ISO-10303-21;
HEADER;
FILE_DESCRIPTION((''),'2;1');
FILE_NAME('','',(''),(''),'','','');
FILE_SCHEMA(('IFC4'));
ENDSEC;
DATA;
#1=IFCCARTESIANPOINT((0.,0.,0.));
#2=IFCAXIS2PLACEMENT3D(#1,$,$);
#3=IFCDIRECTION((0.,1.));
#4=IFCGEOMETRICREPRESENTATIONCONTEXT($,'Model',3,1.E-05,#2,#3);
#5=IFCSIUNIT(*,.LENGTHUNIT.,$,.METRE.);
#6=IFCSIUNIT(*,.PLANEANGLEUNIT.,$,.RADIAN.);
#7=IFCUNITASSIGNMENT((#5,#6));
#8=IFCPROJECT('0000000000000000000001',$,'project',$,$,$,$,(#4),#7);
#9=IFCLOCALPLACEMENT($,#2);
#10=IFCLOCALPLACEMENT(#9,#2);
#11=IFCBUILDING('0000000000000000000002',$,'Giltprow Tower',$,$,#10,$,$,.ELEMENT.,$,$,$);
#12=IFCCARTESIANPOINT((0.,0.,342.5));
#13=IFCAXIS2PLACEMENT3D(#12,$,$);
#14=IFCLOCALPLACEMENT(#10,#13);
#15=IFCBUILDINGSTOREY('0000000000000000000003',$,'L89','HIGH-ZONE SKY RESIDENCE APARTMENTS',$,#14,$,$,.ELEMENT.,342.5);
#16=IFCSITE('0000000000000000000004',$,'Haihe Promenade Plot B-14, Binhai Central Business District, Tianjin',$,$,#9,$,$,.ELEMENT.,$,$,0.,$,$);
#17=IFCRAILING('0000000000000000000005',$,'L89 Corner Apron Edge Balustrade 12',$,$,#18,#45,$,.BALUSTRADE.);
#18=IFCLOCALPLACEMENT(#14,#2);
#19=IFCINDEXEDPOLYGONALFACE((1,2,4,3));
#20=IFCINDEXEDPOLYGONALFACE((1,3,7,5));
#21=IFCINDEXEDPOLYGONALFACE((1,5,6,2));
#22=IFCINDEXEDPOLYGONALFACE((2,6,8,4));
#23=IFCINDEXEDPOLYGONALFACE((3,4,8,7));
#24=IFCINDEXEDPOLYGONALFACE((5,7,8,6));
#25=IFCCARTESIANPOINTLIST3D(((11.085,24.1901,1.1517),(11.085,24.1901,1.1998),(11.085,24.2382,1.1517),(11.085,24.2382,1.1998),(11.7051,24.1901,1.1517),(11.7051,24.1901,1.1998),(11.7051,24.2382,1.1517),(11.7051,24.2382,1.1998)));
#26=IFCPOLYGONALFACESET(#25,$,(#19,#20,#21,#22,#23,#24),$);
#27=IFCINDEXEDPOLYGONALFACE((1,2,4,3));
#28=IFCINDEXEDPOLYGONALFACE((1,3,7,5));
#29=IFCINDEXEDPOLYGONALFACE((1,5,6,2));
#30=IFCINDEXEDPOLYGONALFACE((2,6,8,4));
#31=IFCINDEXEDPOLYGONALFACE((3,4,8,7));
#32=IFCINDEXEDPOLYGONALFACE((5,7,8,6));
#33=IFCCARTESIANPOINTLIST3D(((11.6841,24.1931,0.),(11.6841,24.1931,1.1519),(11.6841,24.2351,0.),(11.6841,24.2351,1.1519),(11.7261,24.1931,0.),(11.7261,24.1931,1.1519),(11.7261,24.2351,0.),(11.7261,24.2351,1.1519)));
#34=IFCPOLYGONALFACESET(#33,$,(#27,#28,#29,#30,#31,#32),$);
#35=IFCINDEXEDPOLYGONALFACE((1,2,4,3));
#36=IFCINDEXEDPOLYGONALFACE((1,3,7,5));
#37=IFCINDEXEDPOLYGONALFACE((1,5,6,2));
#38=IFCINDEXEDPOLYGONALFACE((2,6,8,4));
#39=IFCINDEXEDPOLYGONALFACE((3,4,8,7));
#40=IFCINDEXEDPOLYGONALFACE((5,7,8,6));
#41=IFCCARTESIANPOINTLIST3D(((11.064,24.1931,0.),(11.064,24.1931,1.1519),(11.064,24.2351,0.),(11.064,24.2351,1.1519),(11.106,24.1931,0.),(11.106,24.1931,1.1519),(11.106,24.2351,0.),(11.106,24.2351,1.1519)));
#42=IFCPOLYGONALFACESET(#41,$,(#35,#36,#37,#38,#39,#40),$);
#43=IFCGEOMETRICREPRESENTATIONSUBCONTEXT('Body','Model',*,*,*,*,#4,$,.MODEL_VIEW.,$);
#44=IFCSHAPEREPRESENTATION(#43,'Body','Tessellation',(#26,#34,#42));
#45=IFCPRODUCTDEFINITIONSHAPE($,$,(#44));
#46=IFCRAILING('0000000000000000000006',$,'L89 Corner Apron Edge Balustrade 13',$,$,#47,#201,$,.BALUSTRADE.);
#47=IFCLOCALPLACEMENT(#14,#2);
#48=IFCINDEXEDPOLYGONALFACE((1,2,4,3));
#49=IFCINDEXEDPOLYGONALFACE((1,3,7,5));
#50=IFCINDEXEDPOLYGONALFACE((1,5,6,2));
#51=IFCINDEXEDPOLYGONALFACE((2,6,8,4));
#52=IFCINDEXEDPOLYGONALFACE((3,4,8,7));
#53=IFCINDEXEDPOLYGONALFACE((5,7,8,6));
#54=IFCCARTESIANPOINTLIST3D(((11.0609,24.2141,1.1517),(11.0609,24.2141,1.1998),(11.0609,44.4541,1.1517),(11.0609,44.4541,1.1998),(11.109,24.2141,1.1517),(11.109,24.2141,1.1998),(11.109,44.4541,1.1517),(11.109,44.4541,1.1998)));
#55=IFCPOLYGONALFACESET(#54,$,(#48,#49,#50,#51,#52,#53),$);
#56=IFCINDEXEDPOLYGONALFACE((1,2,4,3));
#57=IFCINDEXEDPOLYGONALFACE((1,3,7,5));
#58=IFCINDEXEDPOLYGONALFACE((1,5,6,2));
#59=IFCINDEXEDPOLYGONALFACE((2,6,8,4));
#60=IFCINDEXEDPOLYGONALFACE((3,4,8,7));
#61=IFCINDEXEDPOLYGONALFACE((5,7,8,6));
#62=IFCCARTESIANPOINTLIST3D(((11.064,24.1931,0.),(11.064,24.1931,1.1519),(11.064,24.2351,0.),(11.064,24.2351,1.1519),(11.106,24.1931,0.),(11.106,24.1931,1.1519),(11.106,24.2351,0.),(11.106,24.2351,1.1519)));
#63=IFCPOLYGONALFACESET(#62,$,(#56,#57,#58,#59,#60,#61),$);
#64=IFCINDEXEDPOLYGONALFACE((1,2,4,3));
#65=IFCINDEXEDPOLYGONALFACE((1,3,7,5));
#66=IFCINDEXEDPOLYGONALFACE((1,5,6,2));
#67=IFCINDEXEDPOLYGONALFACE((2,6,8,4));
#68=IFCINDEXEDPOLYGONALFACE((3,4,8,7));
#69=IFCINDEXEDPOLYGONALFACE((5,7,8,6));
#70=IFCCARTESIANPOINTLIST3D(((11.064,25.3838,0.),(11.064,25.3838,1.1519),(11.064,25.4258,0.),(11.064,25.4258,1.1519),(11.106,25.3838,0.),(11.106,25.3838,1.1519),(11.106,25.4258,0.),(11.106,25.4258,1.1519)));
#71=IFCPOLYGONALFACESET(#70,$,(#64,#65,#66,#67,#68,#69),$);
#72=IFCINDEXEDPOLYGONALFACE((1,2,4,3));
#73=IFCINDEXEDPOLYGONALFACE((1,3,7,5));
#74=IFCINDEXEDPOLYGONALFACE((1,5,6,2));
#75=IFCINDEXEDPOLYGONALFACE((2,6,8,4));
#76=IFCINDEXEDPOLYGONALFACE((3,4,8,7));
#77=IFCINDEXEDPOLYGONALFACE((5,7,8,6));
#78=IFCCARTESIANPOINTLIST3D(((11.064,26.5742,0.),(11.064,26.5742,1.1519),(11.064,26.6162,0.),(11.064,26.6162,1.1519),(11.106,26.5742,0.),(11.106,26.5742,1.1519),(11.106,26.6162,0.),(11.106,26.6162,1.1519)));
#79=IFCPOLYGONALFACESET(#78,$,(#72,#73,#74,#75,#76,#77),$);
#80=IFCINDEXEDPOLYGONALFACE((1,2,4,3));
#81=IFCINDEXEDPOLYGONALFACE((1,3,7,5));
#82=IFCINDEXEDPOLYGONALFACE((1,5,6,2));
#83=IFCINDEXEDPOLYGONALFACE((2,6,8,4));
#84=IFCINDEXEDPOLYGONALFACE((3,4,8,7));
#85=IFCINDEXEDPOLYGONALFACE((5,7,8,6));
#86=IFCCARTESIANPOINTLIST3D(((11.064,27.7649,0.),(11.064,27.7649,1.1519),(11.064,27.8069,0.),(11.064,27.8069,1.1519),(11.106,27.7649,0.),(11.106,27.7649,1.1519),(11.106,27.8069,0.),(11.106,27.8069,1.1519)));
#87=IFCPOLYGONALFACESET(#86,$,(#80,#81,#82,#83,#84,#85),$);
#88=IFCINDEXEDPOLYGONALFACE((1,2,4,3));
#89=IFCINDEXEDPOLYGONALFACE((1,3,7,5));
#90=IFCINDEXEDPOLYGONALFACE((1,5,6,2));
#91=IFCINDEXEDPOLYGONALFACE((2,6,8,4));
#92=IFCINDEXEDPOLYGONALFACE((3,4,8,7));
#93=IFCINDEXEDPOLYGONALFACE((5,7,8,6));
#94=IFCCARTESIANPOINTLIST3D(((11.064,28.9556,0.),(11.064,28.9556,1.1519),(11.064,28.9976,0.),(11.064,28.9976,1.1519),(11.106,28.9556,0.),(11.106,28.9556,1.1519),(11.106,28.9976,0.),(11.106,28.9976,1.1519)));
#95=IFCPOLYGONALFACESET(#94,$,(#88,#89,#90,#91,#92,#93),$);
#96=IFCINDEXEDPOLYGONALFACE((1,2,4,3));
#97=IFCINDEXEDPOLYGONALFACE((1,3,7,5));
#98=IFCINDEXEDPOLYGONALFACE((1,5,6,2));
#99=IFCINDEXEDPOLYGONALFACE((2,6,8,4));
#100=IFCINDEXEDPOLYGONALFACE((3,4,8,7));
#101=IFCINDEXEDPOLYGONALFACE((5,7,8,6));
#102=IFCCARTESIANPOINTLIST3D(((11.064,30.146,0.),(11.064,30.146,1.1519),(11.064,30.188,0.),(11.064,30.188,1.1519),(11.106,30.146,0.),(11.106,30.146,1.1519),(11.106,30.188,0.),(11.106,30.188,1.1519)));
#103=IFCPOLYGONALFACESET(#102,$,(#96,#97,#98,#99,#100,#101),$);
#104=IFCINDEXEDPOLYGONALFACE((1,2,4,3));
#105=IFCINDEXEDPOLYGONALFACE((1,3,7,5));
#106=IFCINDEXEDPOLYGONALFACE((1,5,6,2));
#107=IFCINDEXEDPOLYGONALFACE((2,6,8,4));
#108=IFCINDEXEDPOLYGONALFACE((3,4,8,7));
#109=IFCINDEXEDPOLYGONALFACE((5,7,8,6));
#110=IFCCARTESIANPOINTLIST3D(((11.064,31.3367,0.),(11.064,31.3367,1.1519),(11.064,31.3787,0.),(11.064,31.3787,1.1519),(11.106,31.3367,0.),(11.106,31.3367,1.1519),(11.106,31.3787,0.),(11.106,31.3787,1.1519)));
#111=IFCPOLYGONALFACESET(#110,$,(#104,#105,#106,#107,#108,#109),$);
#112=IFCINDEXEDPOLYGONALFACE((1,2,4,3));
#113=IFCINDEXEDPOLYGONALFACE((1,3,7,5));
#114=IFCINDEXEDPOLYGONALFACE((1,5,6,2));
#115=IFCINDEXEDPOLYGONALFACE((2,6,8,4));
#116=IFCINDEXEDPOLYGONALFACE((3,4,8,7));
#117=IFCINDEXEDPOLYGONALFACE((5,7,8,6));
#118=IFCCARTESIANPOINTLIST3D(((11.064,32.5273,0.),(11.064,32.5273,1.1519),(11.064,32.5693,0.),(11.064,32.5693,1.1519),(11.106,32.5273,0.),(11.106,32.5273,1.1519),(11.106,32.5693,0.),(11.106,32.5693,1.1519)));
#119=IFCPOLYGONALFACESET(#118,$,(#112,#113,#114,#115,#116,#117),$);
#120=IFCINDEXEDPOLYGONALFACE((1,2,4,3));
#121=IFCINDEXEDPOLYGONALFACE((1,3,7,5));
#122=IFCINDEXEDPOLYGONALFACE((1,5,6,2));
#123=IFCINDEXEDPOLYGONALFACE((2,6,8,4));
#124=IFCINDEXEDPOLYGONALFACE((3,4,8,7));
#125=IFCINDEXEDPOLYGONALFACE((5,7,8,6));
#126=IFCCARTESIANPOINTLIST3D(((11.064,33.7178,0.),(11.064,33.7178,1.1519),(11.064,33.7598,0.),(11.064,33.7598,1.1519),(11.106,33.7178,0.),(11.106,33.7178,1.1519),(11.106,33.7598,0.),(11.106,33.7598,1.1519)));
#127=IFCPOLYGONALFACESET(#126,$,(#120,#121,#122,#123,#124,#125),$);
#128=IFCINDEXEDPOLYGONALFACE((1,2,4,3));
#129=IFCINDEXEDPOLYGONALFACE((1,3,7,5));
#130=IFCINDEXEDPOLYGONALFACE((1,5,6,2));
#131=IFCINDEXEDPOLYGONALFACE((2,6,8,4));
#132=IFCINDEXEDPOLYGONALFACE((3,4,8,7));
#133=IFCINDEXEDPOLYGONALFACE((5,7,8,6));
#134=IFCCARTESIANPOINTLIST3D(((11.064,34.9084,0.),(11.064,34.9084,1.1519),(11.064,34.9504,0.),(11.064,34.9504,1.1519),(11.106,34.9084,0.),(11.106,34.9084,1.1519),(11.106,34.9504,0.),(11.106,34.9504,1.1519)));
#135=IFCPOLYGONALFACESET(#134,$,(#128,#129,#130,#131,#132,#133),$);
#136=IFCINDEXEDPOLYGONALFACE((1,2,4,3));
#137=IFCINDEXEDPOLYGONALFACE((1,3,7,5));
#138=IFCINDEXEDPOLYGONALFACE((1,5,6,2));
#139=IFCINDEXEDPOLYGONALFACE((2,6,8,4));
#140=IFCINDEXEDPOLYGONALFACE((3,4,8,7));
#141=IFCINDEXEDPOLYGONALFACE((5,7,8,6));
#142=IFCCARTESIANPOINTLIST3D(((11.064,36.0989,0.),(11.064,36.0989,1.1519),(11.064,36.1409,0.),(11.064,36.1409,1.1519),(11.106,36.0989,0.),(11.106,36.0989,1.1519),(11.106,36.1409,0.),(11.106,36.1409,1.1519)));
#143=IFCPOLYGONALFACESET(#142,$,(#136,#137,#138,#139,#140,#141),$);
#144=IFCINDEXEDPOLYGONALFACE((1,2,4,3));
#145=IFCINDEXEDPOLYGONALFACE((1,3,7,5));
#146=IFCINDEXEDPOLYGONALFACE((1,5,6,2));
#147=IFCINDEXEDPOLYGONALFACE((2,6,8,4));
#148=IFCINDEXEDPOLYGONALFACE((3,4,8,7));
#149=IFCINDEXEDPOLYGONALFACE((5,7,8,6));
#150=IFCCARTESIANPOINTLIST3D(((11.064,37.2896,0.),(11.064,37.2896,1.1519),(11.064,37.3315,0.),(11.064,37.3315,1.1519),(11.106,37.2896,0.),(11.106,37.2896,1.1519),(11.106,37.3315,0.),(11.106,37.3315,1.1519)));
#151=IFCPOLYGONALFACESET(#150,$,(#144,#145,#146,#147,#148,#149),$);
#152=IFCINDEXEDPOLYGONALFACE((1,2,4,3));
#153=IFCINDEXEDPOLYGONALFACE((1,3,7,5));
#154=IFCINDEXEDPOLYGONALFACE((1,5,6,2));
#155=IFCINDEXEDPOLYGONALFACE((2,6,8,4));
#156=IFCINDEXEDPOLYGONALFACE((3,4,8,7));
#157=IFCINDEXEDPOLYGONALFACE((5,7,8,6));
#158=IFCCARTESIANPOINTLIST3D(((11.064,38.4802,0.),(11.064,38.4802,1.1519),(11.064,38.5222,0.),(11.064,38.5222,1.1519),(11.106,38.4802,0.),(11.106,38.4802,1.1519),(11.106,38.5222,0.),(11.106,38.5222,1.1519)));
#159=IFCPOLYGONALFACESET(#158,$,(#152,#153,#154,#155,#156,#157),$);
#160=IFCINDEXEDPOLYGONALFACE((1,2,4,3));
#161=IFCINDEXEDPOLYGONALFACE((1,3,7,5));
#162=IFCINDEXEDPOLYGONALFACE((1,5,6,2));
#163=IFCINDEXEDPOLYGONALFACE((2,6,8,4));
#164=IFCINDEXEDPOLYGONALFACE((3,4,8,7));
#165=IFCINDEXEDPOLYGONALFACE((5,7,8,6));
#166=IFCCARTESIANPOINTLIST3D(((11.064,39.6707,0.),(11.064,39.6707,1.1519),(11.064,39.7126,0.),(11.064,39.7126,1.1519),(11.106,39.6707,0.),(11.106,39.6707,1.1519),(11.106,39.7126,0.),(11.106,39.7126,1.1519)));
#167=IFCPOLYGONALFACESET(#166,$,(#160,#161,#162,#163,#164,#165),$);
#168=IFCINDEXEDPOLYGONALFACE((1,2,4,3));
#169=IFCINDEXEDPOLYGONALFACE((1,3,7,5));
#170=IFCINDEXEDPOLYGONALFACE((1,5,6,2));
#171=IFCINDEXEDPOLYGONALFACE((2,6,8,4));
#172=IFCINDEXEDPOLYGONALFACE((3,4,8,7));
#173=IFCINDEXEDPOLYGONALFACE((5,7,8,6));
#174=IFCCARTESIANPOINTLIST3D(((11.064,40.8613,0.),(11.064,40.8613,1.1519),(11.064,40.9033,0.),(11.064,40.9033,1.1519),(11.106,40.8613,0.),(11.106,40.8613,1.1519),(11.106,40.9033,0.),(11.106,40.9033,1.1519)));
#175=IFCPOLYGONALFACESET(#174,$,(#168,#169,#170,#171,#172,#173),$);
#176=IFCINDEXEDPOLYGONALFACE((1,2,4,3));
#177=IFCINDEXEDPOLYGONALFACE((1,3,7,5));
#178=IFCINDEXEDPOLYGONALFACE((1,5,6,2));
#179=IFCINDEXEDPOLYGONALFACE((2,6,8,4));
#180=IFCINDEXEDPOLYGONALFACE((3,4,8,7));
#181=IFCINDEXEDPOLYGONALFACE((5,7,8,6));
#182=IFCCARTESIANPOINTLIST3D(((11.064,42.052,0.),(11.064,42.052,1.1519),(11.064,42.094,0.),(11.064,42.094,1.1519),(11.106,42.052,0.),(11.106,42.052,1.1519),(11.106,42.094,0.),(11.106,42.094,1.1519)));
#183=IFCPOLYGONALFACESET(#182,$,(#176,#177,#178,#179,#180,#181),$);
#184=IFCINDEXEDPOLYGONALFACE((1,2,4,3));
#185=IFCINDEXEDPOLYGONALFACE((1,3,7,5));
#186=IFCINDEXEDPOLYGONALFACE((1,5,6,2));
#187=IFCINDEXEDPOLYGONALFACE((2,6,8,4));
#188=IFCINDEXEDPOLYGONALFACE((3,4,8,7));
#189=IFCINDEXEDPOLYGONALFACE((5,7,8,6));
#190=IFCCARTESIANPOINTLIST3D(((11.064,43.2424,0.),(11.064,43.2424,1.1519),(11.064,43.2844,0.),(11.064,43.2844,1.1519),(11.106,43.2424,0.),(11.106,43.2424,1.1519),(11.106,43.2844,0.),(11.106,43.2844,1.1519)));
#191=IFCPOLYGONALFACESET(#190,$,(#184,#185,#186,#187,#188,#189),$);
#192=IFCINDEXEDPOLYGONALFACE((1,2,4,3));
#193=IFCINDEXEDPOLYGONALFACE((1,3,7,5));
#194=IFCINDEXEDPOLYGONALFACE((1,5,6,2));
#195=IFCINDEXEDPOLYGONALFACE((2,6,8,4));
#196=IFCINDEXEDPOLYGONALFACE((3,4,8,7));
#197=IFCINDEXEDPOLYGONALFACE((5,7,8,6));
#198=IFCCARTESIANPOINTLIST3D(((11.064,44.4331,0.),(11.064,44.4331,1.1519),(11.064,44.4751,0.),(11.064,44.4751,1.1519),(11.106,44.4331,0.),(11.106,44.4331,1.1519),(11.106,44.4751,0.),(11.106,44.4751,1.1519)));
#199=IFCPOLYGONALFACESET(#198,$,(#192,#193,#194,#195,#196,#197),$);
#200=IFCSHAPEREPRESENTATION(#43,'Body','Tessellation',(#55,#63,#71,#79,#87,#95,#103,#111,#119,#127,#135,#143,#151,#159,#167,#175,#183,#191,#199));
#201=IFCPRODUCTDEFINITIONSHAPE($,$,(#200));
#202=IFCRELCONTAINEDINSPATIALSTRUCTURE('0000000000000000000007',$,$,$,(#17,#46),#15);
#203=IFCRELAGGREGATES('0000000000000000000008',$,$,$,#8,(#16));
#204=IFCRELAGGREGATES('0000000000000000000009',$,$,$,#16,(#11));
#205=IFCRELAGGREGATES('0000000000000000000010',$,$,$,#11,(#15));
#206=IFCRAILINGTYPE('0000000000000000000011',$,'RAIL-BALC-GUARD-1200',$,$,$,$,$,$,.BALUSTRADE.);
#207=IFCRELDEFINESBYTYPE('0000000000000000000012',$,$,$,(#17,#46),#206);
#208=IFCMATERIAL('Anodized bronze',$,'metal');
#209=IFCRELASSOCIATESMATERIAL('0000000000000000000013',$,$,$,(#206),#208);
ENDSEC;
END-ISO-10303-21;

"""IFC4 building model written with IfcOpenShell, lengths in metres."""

from ifc_helpers import new_model, si_unit, direction, frame, origin, origin_2d, place, context, subcontext, project, spatial, rectangle, extrude, material, type_object, element, save


model = new_model("IFC4")

# Units and contexts
model_context = context("Model", 3, precision=1e-05, world=origin(), true_north=direction((0.0, 1.0)))
body_context = subcontext(model_context, "Body", "Model", "MODEL_VIEW")
ifc_project = project(units=[si_unit("LENGTHUNIT", "METRE"), si_unit("PLANEANGLEUNIT", "RADIAN")], contexts=[model_context])

# Site, building, storey
site_placement = place(None, origin())
site = spatial("IfcSite", under=ifc_project, at=site_placement, Name="Haihe Promenade Plot B-14, Binhai Central Business District, Tianjin", CompositionType="ELEMENT", RefElevation=0.0)
building_placement = place(site_placement, origin())
building = spatial("IfcBuilding", under=site, at=building_placement, Name="Giltprow Tower", CompositionType="ELEMENT")
storey_placement = place(building_placement, frame((0.0, 0.0, 342.5)))
storey = spatial("IfcBuildingStorey", under=building, at=storey_placement, Name="L89", Description="HIGH-ZONE SKY RESIDENCE APARTMENTS", CompositionType="ELEMENT", Elevation=342.5)

# Shared definitions
ifc_material_1 = material(Name="Anodized bronze", Category="metal")

# Railings
railing_type = type_object("IfcRailingType", Name="RAIL-BALC-GUARD-1200", PredefinedType="BALUSTRADE", material=ifc_material_1)
railing_1_placement = place(storey_placement, frame((11.7051, 24.2141, 0.0)))
element("IfcRailing", 1, at=railing_1_placement, inside=storey, type_object=railing_type, Name="L89 Corner Apron Edge Balustrade 12", PredefinedType="BALUSTRADE", context=body_context, shape_type="SweptSolid", body=[
    extrude(rectangle(XDim=0.0481, YDim=0.0481, at=origin_2d()), frame((0.0, 0.0, 1.1758), z_axis=(-1.0, 0.0, 0.0), x_axis=(0.0, -1.0, 0.0)), (0.0, 0.0, 1.0), 0.6201),
    extrude(rectangle(XDim=0.042, YDim=0.042, at=origin_2d()), origin(), (0.0, 0.0, 1.0), 1.1519),
    extrude(rectangle(XDim=0.042, YDim=0.042, at=origin_2d()), frame((-0.6201, 0.0, 0.0)), (0.0, 0.0, 1.0), 1.1519),
])
railing_2_placement = place(storey_placement, frame((11.085, 24.2141, 0.0)))
element("IfcRailing", 2, at=railing_2_placement, inside=storey, type_object=railing_type, Name="L89 Corner Apron Edge Balustrade 13", PredefinedType="BALUSTRADE", context=body_context, shape_type="SweptSolid", body=[
    extrude(rectangle(XDim=0.0481, YDim=0.0481, at=origin_2d()), frame((0.0, 0.0, 1.1758), z_axis=(0.0, 1.0, 0.0), x_axis=(-1.0, 0.0, 0.0)), (0.0, 0.0, 1.0), 20.24),
    extrude(rectangle(XDim=0.042, YDim=0.042, at=origin_2d()), origin(), (0.0, 0.0, 1.0), 1.1519),
    extrude(rectangle(XDim=0.042, YDim=0.042, at=origin_2d()), frame((0.0, 1.1907, 0.0)), (0.0, 0.0, 1.0), 1.1519),
    extrude(rectangle(XDim=0.042, YDim=0.042, at=origin_2d()), frame((0.0, 2.3811, 0.0)), (0.0, 0.0, 1.0), 1.1519),
    extrude(rectangle(XDim=0.042, YDim=0.042, at=origin_2d()), frame((0.0, 3.5718, 0.0)), (0.0, 0.0, 1.0), 1.1519),
    extrude(rectangle(XDim=0.042, YDim=0.042, at=origin_2d()), frame((0.0, 4.7625, 0.0)), (0.0, 0.0, 1.0), 1.1519),
    extrude(rectangle(XDim=0.042, YDim=0.042, at=origin_2d()), frame((0.0, 5.9529, 0.0)), (0.0, 0.0, 1.0), 1.1519),
    extrude(rectangle(XDim=0.042, YDim=0.042, at=origin_2d()), frame((0.0, 7.1436, 0.0)), (0.0, 0.0, 1.0), 1.1519),
    extrude(rectangle(XDim=0.042, YDim=0.042, at=origin_2d()), frame((0.0, 8.3342, 0.0)), (0.0, 0.0, 1.0), 1.1519),
    extrude(rectangle(XDim=0.042, YDim=0.042, at=origin_2d()), frame((0.0, 9.5247, 0.0)), (0.0, 0.0, 1.0), 1.1519),
    extrude(rectangle(XDim=0.042, YDim=0.042, at=origin_2d()), frame((0.0, 10.7153, 0.0)), (0.0, 0.0, 1.0), 1.1519),
    extrude(rectangle(XDim=0.042, YDim=0.042, at=origin_2d()), frame((0.0, 11.9058, 0.0)), (0.0, 0.0, 1.0), 1.1519),
    extrude(rectangle(XDim=0.042, YDim=0.042, at=origin_2d()), frame((0.0, 13.0964, 0.0)), (0.0, 0.0, 1.0), 1.1519),
    extrude(rectangle(XDim=0.042, YDim=0.042, at=origin_2d()), frame((0.0, 14.2871, 0.0)), (0.0, 0.0, 1.0), 1.1519),
    extrude(rectangle(XDim=0.042, YDim=0.042, at=origin_2d()), frame((0.0, 15.4775, 0.0)), (0.0, 0.0, 1.0), 1.1519),
    extrude(rectangle(XDim=0.042, YDim=0.042, at=origin_2d()), frame((0.0, 16.6682, 0.0)), (0.0, 0.0, 1.0), 1.1519),
    extrude(rectangle(XDim=0.042, YDim=0.042, at=origin_2d()), frame((0.0, 17.8589, 0.0)), (0.0, 0.0, 1.0), 1.1519),
    extrude(rectangle(XDim=0.042, YDim=0.042, at=origin_2d()), frame((0.0, 19.0493, 0.0)), (0.0, 0.0, 1.0), 1.1519),
    extrude(rectangle(XDim=0.042, YDim=0.042, at=origin_2d()), frame((0.0, 20.24, 0.0)), (0.0, 0.0, 1.0), 1.1519),
])

save(model, "model.ifc")
